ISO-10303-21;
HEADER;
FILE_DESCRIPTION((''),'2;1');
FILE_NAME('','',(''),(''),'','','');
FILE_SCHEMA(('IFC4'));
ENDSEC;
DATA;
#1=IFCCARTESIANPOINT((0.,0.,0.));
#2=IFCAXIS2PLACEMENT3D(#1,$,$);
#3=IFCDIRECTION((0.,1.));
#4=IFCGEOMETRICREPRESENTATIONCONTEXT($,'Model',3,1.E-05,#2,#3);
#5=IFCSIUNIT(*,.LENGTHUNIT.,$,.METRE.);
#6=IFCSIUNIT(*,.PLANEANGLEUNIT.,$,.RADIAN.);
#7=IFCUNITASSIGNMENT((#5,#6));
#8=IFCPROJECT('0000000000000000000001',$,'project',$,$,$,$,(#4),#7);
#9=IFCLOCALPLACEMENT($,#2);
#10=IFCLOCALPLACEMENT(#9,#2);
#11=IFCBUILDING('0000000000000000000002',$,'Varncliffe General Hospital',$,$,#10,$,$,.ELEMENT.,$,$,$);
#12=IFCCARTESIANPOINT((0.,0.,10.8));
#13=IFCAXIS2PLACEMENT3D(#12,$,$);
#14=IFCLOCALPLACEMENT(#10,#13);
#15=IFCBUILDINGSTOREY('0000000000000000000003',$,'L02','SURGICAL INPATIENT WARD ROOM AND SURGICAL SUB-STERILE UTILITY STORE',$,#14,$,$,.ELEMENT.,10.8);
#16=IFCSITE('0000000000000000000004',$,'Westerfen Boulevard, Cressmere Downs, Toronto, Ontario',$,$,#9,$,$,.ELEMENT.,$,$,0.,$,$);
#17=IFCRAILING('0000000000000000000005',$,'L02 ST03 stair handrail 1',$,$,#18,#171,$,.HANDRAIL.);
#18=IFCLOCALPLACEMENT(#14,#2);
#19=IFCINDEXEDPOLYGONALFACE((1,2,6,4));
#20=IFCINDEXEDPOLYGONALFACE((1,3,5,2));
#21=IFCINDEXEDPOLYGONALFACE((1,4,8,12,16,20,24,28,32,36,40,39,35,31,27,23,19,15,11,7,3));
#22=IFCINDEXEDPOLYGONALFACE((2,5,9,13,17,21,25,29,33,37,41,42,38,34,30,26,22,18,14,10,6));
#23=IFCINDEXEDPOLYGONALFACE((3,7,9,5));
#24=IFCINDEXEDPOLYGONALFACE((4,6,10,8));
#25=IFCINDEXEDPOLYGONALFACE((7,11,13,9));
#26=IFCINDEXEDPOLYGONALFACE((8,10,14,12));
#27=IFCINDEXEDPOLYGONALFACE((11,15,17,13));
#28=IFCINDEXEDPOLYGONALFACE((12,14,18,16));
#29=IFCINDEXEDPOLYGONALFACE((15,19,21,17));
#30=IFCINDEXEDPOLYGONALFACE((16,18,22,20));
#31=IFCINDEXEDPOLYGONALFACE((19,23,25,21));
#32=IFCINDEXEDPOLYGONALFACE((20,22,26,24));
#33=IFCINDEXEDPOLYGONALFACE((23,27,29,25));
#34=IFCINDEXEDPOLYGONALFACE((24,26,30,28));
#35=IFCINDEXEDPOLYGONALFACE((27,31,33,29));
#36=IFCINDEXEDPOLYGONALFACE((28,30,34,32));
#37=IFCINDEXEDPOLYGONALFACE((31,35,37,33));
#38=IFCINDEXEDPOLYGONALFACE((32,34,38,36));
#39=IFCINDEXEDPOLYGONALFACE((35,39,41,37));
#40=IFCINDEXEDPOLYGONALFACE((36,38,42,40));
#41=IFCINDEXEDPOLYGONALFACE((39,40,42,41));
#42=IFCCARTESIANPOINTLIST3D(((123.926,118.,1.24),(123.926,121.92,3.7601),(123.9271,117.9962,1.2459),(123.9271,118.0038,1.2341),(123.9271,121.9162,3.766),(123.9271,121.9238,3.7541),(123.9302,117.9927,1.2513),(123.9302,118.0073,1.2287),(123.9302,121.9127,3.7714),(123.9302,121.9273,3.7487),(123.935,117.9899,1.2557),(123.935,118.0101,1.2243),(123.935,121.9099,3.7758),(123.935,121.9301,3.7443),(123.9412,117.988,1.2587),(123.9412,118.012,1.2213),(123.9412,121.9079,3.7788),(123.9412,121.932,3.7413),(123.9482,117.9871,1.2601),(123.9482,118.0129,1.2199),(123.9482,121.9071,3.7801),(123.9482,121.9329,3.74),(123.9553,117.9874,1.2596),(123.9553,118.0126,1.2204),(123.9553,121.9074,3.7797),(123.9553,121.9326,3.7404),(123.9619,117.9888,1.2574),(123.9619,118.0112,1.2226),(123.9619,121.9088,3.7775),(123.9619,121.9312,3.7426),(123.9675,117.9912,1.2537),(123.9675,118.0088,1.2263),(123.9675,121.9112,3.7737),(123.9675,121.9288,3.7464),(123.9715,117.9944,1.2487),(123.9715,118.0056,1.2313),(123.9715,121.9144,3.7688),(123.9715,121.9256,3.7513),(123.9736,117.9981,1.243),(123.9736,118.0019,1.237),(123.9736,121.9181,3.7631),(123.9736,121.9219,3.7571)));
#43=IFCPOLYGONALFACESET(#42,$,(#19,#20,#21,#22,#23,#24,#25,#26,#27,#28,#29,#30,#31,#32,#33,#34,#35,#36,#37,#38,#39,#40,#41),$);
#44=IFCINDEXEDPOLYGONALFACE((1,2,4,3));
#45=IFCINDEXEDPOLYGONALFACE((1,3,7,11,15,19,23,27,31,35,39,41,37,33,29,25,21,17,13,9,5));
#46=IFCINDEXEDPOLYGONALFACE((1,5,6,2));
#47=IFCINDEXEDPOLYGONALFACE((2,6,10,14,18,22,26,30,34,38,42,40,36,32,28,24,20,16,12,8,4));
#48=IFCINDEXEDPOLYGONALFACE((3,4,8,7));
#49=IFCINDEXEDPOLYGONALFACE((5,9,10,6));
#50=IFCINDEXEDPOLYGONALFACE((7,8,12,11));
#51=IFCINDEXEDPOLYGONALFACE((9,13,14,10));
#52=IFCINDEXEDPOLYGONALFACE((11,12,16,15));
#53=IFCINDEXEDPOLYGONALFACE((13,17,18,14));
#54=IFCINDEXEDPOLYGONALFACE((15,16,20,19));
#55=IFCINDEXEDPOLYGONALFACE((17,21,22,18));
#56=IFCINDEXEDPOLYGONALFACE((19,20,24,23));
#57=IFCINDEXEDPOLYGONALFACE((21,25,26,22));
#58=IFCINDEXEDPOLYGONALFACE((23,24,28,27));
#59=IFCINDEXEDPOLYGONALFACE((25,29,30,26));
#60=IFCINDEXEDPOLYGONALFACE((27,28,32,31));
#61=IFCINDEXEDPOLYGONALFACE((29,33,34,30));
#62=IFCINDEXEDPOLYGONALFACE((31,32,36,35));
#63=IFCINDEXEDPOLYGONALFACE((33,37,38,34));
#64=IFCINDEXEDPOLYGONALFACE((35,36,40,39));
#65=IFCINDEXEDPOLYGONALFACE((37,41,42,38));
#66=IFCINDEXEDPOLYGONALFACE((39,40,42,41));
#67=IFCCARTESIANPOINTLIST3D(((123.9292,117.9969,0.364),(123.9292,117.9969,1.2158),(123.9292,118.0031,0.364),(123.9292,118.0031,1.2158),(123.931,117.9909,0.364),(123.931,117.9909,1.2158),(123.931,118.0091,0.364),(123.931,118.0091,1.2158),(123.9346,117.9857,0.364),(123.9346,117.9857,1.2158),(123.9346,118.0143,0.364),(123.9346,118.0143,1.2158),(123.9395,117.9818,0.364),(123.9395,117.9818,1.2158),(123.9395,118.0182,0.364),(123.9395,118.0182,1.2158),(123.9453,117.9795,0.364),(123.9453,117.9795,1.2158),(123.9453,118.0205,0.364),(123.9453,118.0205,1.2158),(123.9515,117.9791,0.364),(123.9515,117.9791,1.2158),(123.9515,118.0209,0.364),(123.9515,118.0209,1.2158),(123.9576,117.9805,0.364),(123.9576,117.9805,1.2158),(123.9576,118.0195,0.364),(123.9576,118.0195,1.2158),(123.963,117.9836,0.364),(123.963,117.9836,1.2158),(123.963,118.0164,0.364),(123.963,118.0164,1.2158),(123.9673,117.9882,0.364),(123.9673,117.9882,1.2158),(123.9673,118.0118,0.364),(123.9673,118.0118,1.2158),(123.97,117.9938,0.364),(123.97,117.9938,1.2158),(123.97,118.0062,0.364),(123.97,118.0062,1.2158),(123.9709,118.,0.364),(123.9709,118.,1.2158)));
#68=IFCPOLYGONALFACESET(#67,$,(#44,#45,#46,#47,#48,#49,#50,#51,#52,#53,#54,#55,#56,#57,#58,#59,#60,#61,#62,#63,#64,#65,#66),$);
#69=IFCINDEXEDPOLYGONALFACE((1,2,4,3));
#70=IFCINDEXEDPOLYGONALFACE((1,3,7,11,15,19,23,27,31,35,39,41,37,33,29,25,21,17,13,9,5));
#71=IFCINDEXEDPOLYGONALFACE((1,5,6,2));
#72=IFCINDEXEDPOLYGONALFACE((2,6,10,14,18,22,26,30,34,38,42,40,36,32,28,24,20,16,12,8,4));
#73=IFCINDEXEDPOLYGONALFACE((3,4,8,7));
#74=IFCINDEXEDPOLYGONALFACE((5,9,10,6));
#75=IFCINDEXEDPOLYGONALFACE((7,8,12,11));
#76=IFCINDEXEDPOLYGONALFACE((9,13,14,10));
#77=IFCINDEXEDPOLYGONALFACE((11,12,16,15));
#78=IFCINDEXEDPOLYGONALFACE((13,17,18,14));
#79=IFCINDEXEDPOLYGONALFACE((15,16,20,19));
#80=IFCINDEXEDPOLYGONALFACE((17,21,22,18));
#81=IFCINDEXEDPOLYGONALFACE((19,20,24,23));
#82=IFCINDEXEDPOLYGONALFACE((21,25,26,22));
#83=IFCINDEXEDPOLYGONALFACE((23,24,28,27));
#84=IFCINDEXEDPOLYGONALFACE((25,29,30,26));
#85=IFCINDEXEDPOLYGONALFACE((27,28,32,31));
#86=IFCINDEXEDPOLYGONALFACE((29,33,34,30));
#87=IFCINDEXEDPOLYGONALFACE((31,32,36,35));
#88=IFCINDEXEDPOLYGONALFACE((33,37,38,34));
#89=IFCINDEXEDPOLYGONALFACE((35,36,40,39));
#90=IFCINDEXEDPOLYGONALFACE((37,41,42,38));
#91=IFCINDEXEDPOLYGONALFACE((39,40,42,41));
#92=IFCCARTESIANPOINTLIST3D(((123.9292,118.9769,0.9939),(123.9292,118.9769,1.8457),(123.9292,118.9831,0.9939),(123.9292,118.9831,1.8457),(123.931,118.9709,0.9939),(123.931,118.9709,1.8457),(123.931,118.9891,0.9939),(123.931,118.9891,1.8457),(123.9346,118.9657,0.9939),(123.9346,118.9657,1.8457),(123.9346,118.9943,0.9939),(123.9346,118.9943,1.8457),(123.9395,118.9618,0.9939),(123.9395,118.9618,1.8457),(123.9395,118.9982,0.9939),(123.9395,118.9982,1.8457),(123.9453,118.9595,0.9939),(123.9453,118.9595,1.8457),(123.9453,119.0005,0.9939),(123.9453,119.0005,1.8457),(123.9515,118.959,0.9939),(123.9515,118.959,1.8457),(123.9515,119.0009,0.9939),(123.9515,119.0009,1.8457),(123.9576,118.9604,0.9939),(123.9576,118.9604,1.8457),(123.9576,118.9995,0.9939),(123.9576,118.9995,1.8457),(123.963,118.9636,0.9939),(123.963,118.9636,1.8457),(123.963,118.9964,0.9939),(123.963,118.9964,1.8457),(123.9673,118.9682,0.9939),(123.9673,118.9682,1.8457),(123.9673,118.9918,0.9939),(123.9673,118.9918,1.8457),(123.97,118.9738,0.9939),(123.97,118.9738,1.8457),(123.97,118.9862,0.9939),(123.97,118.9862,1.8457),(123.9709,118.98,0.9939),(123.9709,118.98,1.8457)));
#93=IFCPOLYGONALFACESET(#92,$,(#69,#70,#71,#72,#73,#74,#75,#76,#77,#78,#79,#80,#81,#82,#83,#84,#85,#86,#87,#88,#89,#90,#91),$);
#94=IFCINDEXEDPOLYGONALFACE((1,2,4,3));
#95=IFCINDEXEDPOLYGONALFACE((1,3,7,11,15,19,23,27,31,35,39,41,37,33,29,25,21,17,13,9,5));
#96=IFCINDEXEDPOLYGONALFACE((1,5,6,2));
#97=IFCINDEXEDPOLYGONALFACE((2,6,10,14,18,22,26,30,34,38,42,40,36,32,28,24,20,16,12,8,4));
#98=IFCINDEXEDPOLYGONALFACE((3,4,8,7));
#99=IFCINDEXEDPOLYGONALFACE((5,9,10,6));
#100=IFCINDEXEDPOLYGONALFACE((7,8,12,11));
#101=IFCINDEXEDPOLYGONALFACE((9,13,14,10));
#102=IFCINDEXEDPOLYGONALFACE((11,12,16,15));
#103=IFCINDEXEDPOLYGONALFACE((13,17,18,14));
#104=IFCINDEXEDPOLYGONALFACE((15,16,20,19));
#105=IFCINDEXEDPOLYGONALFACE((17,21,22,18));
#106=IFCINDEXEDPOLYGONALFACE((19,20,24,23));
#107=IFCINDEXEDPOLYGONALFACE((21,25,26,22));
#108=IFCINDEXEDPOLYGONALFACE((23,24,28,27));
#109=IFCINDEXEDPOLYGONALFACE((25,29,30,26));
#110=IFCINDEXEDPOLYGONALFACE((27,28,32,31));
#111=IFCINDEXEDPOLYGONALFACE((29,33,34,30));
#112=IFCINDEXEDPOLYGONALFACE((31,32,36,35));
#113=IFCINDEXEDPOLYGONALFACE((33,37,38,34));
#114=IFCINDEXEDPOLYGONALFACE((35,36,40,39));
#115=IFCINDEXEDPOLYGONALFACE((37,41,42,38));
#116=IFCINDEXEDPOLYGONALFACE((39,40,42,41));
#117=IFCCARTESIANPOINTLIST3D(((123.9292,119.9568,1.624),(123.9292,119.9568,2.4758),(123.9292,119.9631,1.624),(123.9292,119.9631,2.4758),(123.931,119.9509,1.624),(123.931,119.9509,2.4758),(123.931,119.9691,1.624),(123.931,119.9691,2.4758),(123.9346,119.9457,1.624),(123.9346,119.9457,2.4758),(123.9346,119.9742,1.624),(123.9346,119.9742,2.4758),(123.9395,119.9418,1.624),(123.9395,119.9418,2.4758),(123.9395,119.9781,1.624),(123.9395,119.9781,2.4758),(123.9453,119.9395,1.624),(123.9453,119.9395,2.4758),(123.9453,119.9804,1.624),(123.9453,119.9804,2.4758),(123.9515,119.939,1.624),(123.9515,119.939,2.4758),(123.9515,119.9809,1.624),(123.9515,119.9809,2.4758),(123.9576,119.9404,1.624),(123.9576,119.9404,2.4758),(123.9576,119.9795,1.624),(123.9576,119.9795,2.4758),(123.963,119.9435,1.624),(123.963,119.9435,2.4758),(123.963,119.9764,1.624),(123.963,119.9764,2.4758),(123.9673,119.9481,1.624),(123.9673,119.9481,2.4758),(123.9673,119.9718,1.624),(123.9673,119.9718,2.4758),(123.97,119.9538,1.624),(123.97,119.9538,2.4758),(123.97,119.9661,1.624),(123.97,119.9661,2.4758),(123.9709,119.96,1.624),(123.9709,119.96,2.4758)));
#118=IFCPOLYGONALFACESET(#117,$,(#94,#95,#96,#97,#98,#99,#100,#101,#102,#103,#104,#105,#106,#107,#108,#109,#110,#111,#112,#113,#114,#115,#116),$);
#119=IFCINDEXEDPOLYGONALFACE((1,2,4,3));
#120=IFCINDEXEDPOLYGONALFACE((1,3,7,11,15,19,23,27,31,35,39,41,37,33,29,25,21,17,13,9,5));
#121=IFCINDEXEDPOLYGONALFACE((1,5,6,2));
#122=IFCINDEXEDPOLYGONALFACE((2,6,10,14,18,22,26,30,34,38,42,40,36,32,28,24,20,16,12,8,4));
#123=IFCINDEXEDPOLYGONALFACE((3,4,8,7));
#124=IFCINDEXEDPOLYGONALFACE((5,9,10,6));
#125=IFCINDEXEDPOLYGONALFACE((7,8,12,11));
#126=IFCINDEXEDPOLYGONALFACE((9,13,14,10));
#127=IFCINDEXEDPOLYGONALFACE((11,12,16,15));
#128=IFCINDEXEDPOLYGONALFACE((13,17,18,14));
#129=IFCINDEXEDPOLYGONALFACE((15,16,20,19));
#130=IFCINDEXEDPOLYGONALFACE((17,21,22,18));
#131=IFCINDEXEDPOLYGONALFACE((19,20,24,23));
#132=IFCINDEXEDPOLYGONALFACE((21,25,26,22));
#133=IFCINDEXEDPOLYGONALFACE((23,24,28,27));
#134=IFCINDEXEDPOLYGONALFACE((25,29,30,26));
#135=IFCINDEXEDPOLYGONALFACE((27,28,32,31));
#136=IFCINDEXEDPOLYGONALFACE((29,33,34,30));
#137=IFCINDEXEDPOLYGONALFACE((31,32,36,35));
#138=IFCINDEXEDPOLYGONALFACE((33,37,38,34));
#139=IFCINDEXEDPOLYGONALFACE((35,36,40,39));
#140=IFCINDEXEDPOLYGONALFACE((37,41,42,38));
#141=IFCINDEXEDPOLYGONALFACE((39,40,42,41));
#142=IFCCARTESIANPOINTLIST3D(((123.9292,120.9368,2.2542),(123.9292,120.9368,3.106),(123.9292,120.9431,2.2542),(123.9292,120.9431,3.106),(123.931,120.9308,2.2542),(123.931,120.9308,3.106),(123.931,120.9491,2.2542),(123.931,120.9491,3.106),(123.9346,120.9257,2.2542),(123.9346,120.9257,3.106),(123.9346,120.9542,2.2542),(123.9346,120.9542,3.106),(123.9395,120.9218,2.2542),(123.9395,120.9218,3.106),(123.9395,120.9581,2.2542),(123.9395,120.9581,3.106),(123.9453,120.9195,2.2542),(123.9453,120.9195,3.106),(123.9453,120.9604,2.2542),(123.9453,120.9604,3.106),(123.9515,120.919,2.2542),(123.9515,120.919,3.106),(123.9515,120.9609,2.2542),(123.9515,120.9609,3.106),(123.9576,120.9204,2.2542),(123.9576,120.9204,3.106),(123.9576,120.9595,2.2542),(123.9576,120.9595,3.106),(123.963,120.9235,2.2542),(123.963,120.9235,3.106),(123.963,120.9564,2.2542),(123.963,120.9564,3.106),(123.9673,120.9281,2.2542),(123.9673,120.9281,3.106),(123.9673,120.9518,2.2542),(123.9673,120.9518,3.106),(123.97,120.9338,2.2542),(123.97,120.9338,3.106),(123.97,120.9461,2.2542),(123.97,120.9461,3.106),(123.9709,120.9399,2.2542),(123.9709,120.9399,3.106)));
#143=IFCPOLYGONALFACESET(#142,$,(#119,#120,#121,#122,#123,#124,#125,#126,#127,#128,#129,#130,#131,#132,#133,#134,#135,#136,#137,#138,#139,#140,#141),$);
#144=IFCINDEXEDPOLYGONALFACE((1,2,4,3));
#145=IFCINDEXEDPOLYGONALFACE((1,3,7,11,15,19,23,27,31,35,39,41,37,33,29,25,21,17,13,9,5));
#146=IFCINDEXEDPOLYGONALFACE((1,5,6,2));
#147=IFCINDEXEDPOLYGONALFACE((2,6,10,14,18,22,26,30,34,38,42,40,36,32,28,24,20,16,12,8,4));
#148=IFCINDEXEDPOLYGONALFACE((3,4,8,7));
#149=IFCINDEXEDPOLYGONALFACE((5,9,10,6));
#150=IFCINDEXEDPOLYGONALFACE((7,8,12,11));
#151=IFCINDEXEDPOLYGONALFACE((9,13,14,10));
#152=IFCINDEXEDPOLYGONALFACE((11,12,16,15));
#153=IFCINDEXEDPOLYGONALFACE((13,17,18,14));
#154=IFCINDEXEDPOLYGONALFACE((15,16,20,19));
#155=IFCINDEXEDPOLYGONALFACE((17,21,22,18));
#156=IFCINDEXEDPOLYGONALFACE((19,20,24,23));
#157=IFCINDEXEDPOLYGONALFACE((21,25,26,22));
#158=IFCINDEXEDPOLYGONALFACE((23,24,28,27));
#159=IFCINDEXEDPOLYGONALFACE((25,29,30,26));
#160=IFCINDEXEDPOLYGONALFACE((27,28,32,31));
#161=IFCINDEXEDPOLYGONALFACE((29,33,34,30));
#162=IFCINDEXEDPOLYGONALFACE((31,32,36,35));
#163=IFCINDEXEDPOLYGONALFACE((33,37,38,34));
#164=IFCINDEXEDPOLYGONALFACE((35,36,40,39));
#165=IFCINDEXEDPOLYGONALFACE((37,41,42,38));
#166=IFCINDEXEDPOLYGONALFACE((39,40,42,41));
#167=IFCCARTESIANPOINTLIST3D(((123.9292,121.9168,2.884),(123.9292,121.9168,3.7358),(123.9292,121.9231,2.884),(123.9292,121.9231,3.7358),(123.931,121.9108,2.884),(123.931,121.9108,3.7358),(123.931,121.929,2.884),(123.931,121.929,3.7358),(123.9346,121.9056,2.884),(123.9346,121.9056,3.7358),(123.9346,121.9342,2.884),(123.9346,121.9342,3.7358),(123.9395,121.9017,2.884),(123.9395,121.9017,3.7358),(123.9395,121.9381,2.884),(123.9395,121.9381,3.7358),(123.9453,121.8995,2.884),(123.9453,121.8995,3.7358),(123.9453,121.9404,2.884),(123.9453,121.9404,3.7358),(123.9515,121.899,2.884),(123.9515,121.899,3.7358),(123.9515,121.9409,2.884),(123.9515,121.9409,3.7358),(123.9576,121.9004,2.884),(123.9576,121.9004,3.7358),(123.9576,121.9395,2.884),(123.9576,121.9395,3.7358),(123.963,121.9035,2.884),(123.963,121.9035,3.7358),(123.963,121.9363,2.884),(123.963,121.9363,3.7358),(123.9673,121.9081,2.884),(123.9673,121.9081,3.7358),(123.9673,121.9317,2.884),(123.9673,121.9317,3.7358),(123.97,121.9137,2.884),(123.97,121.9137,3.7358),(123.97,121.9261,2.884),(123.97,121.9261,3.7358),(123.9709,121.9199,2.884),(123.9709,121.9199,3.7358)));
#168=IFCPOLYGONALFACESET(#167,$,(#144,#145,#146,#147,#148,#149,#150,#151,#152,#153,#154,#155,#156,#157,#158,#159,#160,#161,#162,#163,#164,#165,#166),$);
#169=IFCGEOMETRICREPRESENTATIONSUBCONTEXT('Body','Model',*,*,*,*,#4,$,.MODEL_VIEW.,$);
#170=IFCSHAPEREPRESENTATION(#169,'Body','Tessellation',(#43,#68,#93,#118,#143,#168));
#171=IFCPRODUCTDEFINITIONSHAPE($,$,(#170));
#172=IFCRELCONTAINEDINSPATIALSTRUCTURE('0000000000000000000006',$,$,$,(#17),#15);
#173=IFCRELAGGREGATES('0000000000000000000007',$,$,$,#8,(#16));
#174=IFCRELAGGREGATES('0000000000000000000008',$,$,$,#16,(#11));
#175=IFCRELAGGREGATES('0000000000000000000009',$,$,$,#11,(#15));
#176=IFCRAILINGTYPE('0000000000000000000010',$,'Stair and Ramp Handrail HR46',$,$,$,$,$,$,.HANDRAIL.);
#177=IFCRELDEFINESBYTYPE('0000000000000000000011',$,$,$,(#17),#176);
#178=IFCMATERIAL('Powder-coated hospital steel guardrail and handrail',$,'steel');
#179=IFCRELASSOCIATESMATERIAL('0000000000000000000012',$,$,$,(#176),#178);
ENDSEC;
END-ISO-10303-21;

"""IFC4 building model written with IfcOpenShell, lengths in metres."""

from ifc_helpers import new_model, si_unit, direction, frame, origin, origin_2d, place, context, subcontext, project, spatial, circle, extrude, material, type_object, element, save


model = new_model("IFC4")

# Units and contexts
model_context = context("Model", 3, precision=1e-05, world=origin(), true_north=direction((0.0, 1.0)))
body_context = subcontext(model_context, "Body", "Model", "MODEL_VIEW")
ifc_project = project(units=[si_unit("LENGTHUNIT", "METRE"), si_unit("PLANEANGLEUNIT", "RADIAN")], contexts=[model_context])

# Site, building, storey
site_placement = place(None, origin())
site = spatial("IfcSite", under=ifc_project, at=site_placement, Name="Westerfen Boulevard, Cressmere Downs, Toronto, Ontario", CompositionType="ELEMENT", RefElevation=0.0)
building_placement = place(site_placement, origin())
building = spatial("IfcBuilding", under=site, at=building_placement, Name="Varncliffe General Hospital", CompositionType="ELEMENT")
storey_placement = place(building_placement, frame((0.0, 0.0, 10.8)))
storey = spatial("IfcBuildingStorey", under=building, at=storey_placement, Name="L02", Description="SURGICAL INPATIENT WARD ROOM AND SURGICAL SUB-STERILE UTILITY STORE", CompositionType="ELEMENT", Elevation=10.8)

# Railing
ifc_material_1 = material(Name="Powder-coated hospital steel guardrail and handrail", Category="steel")
railing_type = type_object("IfcRailingType", Name="Stair and Ramp Handrail HR46", PredefinedType="HANDRAIL", material=ifc_material_1)
railing_placement = place(storey_placement, frame((123.95, 118.0, 0.364)))
element("IfcRailing", 1, at=railing_placement, inside=storey, type_object=railing_type, Name="L02 ST03 stair handrail 1", PredefinedType="HANDRAIL", context=body_context, shape_type="SweptSolid", body=[
    extrude(circle(Radius=0.0239, at=origin_2d()), frame((0.0, 0.0, 0.876), z_axis=(0.0, 0.841172, 0.540768), x_axis=(-1.0, 0.0, 0.0)), (0.0, 0.0, 1.0), 4.6602),
    extrude(circle(Radius=0.021, at=origin_2d()), origin(), (0.0, 0.0, 1.0), 0.8518),
    extrude(circle(Radius=0.021, at=origin_2d()), frame((0.0, 0.98, 0.6299)), (0.0, 0.0, 1.0), 0.8518),
    extrude(circle(Radius=0.021, at=origin_2d()), frame((0.0, 1.96, 1.26)), (0.0, 0.0, 1.0), 0.8518),
    extrude(circle(Radius=0.021, at=origin_2d()), frame((0.0, 2.9399, 1.8901)), (0.0, 0.0, 1.0), 0.8518),
    extrude(circle(Radius=0.021, at=origin_2d()), frame((0.0, 3.9199, 2.52)), (0.0, 0.0, 1.0), 0.8518),
])

save(model, "model.ifc")
